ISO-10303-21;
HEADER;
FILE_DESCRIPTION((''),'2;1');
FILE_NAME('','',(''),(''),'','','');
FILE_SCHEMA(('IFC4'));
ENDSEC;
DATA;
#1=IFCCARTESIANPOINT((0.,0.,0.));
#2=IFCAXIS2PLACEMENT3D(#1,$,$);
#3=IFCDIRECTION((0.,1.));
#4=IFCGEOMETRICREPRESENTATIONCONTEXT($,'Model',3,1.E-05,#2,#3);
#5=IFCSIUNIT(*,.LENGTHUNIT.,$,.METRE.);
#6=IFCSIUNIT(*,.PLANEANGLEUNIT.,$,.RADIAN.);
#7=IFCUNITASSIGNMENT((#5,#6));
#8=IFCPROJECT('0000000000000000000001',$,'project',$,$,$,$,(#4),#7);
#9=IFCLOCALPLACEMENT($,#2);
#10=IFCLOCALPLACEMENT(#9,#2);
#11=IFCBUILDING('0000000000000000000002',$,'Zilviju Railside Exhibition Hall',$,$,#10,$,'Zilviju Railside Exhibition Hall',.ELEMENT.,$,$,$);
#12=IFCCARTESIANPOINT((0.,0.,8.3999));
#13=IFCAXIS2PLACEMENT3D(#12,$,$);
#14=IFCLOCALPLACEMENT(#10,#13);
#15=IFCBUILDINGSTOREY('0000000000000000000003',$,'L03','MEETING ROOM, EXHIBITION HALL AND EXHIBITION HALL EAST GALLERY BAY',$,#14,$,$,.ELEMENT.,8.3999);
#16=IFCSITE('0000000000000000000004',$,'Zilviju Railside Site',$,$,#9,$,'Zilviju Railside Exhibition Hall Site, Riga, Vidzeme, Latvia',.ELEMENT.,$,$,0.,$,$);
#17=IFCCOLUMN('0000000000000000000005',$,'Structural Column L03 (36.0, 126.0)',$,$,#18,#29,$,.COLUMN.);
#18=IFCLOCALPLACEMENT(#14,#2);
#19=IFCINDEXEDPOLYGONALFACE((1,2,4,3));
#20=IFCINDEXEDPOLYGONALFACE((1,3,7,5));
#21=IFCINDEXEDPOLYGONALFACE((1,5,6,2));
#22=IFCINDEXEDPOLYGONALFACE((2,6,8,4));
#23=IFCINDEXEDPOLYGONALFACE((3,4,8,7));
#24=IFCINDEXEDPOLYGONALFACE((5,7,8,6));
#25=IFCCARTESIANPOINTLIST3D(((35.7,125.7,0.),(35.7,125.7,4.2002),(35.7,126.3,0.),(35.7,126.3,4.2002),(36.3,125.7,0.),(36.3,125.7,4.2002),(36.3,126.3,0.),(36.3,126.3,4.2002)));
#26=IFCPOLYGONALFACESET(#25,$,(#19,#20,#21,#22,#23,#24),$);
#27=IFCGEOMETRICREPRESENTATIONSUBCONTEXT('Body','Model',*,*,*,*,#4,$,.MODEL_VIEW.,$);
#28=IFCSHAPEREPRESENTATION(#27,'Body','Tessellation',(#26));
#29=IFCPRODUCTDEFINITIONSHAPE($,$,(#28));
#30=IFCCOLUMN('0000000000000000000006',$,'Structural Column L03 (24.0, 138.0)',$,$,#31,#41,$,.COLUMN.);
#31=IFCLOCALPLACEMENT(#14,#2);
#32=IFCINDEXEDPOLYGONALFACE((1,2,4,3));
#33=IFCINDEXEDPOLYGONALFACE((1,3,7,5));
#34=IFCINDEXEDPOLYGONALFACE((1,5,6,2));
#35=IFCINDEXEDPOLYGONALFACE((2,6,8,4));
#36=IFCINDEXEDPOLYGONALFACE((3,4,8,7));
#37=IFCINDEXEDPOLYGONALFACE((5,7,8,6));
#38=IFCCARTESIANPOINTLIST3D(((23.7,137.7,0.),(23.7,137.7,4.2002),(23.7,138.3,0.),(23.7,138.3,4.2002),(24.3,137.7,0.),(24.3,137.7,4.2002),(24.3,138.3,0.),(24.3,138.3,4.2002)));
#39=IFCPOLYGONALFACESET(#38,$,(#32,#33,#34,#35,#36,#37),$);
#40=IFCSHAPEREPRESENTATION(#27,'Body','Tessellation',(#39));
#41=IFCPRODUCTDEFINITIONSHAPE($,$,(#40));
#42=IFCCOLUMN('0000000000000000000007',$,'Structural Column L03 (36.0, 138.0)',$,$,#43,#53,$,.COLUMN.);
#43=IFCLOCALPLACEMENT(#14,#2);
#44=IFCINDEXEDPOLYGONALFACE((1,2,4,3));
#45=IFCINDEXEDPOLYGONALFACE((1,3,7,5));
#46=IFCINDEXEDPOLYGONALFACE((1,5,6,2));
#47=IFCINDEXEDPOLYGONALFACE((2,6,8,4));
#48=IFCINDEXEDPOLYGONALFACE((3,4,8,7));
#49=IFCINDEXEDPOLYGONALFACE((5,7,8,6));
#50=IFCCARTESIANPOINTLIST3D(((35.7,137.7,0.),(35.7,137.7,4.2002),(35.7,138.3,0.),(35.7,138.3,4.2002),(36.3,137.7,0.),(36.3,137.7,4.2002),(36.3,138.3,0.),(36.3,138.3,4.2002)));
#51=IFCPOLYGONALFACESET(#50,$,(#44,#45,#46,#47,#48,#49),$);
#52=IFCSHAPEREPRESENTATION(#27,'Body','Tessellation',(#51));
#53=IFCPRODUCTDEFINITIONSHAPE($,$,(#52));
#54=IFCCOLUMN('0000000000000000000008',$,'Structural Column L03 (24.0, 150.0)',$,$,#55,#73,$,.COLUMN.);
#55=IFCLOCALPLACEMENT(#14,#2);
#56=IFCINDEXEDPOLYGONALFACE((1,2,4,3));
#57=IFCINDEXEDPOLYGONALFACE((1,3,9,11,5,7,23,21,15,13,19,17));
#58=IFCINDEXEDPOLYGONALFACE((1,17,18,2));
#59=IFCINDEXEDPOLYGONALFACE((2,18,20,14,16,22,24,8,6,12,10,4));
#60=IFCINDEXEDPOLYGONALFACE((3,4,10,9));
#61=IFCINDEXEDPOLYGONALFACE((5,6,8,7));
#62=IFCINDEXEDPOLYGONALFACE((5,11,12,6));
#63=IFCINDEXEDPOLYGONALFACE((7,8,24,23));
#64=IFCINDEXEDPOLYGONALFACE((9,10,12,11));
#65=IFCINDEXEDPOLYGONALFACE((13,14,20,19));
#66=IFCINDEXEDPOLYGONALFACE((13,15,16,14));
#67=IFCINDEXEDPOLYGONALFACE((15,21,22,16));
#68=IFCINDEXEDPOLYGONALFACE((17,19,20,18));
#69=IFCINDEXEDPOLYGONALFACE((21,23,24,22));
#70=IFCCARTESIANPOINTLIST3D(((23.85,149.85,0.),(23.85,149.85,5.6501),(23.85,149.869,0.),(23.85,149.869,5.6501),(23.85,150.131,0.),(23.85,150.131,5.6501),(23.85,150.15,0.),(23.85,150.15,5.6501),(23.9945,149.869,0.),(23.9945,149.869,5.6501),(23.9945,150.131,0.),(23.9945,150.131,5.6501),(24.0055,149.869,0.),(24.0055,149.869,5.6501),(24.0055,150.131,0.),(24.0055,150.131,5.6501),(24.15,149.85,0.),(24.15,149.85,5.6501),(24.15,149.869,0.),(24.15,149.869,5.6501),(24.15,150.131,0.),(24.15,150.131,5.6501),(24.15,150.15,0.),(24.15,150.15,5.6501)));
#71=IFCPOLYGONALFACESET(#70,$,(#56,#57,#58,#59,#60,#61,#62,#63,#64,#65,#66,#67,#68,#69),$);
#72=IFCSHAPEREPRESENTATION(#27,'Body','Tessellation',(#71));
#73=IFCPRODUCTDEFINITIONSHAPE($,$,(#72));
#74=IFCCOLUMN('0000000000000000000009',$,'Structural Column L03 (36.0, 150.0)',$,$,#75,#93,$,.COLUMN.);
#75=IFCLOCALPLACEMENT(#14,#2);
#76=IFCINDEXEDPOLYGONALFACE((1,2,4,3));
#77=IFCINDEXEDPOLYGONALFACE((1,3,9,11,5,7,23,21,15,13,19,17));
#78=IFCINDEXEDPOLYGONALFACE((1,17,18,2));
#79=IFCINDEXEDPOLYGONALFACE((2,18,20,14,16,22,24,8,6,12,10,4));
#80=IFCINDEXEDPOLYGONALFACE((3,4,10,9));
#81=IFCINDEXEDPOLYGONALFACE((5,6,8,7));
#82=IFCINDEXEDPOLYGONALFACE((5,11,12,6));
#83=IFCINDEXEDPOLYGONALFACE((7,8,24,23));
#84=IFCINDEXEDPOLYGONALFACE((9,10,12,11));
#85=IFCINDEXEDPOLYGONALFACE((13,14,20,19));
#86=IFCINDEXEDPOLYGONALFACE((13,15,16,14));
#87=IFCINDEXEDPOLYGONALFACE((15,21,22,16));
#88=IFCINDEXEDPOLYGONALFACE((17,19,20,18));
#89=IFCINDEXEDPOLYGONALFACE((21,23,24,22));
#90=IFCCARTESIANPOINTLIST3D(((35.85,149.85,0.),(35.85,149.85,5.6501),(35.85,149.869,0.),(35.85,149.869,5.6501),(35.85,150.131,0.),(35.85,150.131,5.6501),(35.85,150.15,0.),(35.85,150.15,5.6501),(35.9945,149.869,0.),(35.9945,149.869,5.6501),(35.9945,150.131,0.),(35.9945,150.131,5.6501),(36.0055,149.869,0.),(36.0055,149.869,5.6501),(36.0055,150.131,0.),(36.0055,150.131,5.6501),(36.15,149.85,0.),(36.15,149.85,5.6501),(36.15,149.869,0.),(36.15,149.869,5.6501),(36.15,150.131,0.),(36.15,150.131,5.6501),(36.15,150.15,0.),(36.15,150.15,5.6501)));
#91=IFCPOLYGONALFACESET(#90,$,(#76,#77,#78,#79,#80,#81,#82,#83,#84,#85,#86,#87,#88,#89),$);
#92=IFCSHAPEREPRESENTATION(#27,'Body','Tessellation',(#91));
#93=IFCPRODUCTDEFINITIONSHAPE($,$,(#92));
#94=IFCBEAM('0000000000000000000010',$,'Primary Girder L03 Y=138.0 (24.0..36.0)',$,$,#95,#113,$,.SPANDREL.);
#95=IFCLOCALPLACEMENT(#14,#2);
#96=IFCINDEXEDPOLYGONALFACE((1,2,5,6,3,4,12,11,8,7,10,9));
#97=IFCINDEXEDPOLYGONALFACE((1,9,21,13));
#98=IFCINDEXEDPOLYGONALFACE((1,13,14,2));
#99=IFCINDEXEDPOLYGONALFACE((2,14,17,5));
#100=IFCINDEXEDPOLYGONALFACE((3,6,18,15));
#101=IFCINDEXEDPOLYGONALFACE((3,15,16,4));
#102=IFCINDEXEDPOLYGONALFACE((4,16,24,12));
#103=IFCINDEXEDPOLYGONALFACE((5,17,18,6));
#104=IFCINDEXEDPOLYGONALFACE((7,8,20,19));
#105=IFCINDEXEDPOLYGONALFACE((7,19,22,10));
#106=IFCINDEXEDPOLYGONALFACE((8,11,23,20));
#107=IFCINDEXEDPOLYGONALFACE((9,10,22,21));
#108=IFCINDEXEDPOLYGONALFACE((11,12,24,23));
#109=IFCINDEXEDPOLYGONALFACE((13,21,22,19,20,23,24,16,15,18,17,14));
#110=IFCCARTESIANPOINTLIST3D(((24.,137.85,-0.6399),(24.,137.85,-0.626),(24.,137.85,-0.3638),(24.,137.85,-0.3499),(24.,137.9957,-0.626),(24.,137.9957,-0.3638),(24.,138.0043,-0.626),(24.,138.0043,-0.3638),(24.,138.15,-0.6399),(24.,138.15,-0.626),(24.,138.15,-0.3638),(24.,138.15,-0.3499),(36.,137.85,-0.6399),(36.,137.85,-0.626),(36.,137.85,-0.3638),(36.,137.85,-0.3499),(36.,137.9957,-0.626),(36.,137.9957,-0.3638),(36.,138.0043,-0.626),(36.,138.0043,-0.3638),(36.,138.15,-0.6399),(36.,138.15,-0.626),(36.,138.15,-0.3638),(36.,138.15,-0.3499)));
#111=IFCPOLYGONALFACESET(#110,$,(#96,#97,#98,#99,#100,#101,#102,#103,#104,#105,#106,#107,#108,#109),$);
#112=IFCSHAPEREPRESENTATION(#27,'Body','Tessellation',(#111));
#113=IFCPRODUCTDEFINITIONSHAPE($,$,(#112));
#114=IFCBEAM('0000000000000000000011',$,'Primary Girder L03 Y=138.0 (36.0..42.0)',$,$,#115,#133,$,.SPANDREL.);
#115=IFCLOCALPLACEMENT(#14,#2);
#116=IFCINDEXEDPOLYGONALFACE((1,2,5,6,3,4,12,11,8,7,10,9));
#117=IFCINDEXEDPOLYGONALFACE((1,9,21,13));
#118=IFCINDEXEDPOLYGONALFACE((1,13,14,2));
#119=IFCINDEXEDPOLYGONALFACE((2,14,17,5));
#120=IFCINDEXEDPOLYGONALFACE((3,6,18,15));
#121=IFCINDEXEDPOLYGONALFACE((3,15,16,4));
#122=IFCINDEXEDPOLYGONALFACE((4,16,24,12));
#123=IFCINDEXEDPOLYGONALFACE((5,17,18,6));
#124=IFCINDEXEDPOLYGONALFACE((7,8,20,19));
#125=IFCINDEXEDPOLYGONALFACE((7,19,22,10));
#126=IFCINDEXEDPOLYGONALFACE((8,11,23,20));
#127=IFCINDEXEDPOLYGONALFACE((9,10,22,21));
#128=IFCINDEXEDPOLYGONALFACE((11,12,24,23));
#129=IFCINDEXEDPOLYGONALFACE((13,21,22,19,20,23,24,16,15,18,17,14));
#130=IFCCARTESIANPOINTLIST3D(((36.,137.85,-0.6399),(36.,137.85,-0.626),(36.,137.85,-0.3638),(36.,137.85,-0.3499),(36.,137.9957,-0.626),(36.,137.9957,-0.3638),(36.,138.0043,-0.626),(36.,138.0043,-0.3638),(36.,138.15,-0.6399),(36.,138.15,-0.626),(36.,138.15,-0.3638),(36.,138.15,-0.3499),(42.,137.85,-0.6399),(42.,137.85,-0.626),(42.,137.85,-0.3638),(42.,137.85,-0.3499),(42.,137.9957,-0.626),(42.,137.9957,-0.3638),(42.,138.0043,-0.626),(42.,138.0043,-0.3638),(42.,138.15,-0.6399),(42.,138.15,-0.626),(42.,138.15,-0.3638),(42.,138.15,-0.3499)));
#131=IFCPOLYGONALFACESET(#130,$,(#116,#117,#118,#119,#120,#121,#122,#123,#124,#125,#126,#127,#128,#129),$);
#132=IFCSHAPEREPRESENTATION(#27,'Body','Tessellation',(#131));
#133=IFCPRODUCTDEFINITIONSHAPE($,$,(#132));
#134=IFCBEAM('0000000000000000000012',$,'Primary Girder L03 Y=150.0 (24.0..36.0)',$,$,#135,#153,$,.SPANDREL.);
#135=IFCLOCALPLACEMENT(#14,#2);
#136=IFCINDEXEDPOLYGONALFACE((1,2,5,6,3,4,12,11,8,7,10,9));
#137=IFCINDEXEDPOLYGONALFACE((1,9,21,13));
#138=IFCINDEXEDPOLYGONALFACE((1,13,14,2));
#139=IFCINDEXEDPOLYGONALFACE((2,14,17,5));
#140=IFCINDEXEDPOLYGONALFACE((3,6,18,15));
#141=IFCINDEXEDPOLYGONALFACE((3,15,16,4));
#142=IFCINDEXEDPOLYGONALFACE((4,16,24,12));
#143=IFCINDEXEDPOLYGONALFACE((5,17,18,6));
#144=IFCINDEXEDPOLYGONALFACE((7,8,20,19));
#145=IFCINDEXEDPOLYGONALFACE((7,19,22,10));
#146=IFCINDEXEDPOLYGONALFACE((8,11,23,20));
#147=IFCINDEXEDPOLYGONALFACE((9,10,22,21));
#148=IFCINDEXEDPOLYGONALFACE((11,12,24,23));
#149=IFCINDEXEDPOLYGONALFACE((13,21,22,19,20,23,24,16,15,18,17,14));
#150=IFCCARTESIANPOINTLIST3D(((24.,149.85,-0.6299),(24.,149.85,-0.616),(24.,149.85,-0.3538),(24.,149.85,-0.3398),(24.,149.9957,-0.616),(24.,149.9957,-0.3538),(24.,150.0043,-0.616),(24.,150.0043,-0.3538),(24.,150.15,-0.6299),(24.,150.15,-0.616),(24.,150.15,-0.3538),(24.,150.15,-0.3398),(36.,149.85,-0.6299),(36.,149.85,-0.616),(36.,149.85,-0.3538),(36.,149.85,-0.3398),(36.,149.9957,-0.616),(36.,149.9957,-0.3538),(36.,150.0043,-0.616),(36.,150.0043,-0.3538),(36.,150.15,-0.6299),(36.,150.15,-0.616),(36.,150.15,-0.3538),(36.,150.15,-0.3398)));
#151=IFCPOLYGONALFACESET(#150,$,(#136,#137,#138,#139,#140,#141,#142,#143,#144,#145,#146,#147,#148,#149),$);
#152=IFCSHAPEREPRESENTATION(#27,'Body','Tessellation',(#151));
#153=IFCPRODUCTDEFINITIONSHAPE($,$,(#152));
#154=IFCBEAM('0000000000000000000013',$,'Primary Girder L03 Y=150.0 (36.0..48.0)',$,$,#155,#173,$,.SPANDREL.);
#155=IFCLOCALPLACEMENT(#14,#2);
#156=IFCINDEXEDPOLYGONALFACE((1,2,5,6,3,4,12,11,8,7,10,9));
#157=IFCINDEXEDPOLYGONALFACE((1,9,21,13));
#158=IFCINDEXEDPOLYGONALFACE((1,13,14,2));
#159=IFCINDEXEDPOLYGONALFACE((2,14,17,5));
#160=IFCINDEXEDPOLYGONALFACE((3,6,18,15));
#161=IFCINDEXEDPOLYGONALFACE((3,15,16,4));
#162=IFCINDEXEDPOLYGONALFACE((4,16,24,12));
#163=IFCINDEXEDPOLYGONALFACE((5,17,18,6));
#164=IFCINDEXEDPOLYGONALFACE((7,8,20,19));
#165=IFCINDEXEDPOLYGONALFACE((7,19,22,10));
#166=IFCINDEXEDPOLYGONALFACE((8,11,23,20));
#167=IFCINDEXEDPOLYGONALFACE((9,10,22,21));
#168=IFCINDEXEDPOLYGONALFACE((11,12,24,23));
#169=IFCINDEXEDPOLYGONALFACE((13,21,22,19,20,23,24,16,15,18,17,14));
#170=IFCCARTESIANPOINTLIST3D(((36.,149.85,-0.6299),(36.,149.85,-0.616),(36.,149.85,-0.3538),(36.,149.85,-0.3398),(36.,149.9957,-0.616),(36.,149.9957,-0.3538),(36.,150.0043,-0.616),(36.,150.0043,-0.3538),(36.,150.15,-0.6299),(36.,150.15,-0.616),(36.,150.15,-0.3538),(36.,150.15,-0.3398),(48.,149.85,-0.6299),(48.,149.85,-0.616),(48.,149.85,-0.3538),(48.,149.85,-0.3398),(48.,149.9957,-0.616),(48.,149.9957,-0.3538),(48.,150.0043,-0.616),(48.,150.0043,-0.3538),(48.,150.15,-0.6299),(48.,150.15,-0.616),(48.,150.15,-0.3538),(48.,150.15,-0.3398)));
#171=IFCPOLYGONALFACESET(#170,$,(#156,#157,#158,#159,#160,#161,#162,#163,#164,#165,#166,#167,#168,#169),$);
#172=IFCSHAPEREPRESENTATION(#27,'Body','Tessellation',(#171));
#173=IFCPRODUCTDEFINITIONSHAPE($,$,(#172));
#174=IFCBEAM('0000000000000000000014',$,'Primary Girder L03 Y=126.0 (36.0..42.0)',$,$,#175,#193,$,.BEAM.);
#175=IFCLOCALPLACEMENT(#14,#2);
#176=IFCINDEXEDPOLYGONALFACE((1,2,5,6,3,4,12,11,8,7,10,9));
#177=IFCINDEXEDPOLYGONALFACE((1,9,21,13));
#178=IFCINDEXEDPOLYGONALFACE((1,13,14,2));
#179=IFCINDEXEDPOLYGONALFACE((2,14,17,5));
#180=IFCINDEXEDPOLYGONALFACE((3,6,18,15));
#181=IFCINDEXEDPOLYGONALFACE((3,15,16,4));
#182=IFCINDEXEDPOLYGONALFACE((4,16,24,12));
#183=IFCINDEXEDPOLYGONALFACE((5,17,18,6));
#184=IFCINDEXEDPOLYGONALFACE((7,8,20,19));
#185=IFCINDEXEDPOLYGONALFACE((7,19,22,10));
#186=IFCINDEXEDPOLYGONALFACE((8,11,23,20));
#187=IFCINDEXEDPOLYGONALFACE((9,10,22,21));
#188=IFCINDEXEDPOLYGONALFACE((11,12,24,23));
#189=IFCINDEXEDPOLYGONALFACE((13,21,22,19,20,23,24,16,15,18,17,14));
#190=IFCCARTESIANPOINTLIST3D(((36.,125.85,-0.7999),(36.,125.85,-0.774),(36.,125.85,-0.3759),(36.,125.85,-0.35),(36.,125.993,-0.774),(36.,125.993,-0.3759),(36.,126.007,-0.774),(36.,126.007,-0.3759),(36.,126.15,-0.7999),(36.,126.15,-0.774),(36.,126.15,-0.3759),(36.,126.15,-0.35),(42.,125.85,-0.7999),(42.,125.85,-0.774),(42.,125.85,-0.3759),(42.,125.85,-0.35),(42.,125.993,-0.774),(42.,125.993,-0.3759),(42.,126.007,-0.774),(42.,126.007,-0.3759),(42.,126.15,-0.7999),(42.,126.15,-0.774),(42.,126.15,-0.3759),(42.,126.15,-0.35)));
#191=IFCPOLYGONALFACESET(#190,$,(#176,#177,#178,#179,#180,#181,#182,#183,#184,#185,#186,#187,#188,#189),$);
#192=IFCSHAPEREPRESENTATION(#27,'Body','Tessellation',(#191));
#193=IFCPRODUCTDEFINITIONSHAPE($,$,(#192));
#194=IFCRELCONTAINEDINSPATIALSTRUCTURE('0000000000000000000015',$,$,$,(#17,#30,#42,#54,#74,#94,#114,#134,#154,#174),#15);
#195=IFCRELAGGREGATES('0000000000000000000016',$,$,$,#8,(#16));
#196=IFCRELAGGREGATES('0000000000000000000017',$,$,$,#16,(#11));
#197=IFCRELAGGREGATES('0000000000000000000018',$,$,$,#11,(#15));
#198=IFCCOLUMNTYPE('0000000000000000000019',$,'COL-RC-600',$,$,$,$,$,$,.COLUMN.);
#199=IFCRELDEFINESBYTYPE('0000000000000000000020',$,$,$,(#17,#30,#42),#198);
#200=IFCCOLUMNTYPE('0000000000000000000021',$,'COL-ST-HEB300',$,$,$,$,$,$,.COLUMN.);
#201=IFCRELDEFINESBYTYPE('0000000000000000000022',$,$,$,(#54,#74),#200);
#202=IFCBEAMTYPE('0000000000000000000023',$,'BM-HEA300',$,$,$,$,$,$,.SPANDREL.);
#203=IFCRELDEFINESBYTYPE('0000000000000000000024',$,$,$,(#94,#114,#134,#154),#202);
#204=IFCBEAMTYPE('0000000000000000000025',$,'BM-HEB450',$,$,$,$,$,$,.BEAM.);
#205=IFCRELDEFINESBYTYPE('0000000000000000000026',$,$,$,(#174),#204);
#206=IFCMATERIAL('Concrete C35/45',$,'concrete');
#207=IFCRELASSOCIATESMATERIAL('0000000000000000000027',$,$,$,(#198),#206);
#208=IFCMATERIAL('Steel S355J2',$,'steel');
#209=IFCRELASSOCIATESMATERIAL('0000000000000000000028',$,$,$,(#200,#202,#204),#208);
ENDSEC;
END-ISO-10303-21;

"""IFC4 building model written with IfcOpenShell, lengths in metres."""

from ifc_helpers import new_model, si_unit, direction, frame, origin, origin_2d, place, context, subcontext, project, spatial, rectangle, i_section, extrude, material, material_profile, profile_set, type_object, element, save


model = new_model("IFC4")

# Units and contexts
model_context = context("Model", 3, precision=1e-05, world=origin(), true_north=direction((0.0, 1.0)))
body_context = subcontext(model_context, "Body", "Model", "MODEL_VIEW")
ifc_project = project(units=[si_unit("LENGTHUNIT", "METRE"), si_unit("PLANEANGLEUNIT", "RADIAN")], contexts=[model_context])

# Site, building, storey
site_placement = place(None, origin())
site = spatial("IfcSite", under=ifc_project, at=site_placement, Name="Zilviju Railside Site", LongName="Zilviju Railside Exhibition Hall Site, Riga, Vidzeme, Latvia", CompositionType="ELEMENT", RefElevation=0.0)
building_placement = place(site_placement, origin())
building = spatial("IfcBuilding", under=site, at=building_placement, Name="Zilviju Railside Exhibition Hall", LongName="Zilviju Railside Exhibition Hall", CompositionType="ELEMENT")
storey_placement = place(building_placement, frame((0.0, 0.0, 8.3999)))
storey = spatial("IfcBuildingStorey", under=building, at=storey_placement, Name="L03", Description="MEETING ROOM, EXHIBITION HALL AND EXHIBITION HALL EAST GALLERY BAY", CompositionType="ELEMENT", Elevation=8.3999)

# Columns
ifc_material_1 = material(Name="Concrete C35/45", Category="concrete")
ifc_material_profile_1 = material_profile(ifc_material_1, rectangle(XDim=0.6001, YDim=0.6001, at=origin_2d()), Name="RC COL 600x600")
ifc_profile_set_1 = profile_set([ifc_material_profile_1], Name="Concrete C35/45")
column_type_1 = type_object("IfcColumnType", Name="COL-RC-600", PredefinedType="COLUMN", material=ifc_profile_set_1)
for number, where, z_axis, x_axis, name in (
    (1, (36.0, 126.0, 0.0), (0.0, 0.0, 1.0), (1.0, 0.0, 0.0), "Structural Column L03 (36.0, 126.0)"),
    (2, (24.0, 138.0, 0.0), (0.0, 0.0, 1.0), (1.0, 0.0, 0.0), "Structural Column L03 (24.0, 138.0)"),
    (3, (36.0, 138.0, 0.0), (0.0, 0.0, 1.0), (1.0, 0.0, 0.0), "Structural Column L03 (36.0, 138.0)"),
):
    element("IfcColumn", number, at=place(storey_placement, frame(where, z_axis=z_axis, x_axis=x_axis)), inside=storey, type_object=column_type_1, Name=name, PredefinedType="COLUMN", context=body_context, shape_type="SweptSolid", body=[
        extrude(rectangle(XDim=0.6001, YDim=0.6001, at=origin_2d()), origin(), (0.0, 0.0, 1.0), 4.2002),
    ])
ifc_material_2 = material(Name="Steel S355J2", Category="steel")
ifc_material_profile_2 = material_profile(ifc_material_2, i_section(OverallWidth=0.3, OverallDepth=0.3, WebThickness=0.011, FlangeThickness=0.019, at=origin_2d()), Name="HEB 300")
ifc_profile_set_2 = profile_set([ifc_material_profile_2], Name="Steel S355J2")
column_type_2 = type_object("IfcColumnType", Name="COL-ST-HEB300", PredefinedType="COLUMN", material=ifc_profile_set_2)
for number, where, z_axis, x_axis, name in (
    (4, (24.0, 150.0, 0.0), (0.0, 0.0, 1.0), (1.0, 0.0, 0.0), "Structural Column L03 (24.0, 150.0)"),
    (5, (36.0, 150.0, 0.0), (0.0, 0.0, 1.0), (1.0, 0.0, 0.0), "Structural Column L03 (36.0, 150.0)"),
):
    element("IfcColumn", number, at=place(storey_placement, frame(where, z_axis=z_axis, x_axis=x_axis)), inside=storey, type_object=column_type_2, Name=name, PredefinedType="COLUMN", context=body_context, shape_type="SweptSolid", body=[
        extrude(i_section(OverallWidth=0.3, OverallDepth=0.3, WebThickness=0.011, FlangeThickness=0.019, at=origin_2d()), origin(), (0.0, 0.0, 1.0), 5.6501),
    ])

# Beams
ifc_material_profile_3 = material_profile(ifc_material_2, i_section(OverallWidth=0.3, OverallDepth=0.29, WebThickness=0.0085, FlangeThickness=0.0139, at=origin_2d()), Name="HEA 300")
ifc_profile_set_3 = profile_set([ifc_material_profile_3], Name="Steel S355J2")
beam_type_1 = type_object("IfcBeamType", Name="BM-HEA300", PredefinedType="SPANDREL", material=ifc_profile_set_3)
beam_1_placement = place(storey_placement, frame((24.0, 138.0, -0.4949), z_axis=(1.0, 0.0, 0.0), x_axis=(0.0, 1.0, 0.0)))
element("IfcBeam", 6, at=beam_1_placement, inside=storey, type_object=beam_type_1, Name="Primary Girder L03 Y=138.0 (24.0..36.0)", PredefinedType="SPANDREL", context=body_context, shape_type="SweptSolid", body=[
    extrude(i_section(OverallWidth=0.3, OverallDepth=0.29, WebThickness=0.0085, FlangeThickness=0.0139, at=origin_2d()), origin(), (0.0, 0.0, 1.0), 12.0),
])
beam_2_placement = place(storey_placement, frame((36.0, 138.0, -0.4949), z_axis=(1.0, 0.0, 0.0), x_axis=(0.0, 1.0, 0.0)))
element("IfcBeam", 7, at=beam_2_placement, inside=storey, type_object=beam_type_1, Name="Primary Girder L03 Y=138.0 (36.0..42.0)", PredefinedType="SPANDREL", context=body_context, shape_type="SweptSolid", body=[
    extrude(i_section(OverallWidth=0.3, OverallDepth=0.29, WebThickness=0.0085, FlangeThickness=0.0139, at=origin_2d()), origin(), (0.0, 0.0, 1.0), 6.0),
])
for number, where, z_axis, x_axis, name in (
    (8, (24.0, 150.0, -0.4849), (1.0, 0.0, 0.0), (0.0, 1.0, 0.0), "Primary Girder L03 Y=150.0 (24.0..36.0)"),
    (9, (36.0, 150.0, -0.4849), (1.0, 0.0, 0.0), (0.0, 1.0, 0.0), "Primary Girder L03 Y=150.0 (36.0..48.0)"),
):
    element("IfcBeam", number, at=place(storey_placement, frame(where, z_axis=z_axis, x_axis=x_axis)), inside=storey, type_object=beam_type_1, Name=name, PredefinedType="SPANDREL", context=body_context, shape_type="SweptSolid", body=[
        extrude(i_section(OverallWidth=0.3, OverallDepth=0.29, WebThickness=0.0085, FlangeThickness=0.0139, at=origin_2d()), origin(), (0.0, 0.0, 1.0), 12.0),
    ])
ifc_material_profile_4 = material_profile(ifc_material_2, i_section(OverallWidth=0.3, OverallDepth=0.45, WebThickness=0.0139, FlangeThickness=0.0259, at=origin_2d()), Name="HEB 450")
ifc_profile_set_4 = profile_set([ifc_material_profile_4], Name="Steel S355J2")
beam_type_2 = type_object("IfcBeamType", Name="BM-HEB450", PredefinedType="BEAM", material=ifc_profile_set_4)
beam_3_placement = place(storey_placement, frame((36.0, 126.0, -0.575), z_axis=(1.0, 0.0, 0.0), x_axis=(0.0, 1.0, 0.0)))
element("IfcBeam", 10, at=beam_3_placement, inside=storey, type_object=beam_type_2, Name="Primary Girder L03 Y=126.0 (36.0..42.0)", PredefinedType="BEAM", context=body_context, shape_type="SweptSolid", body=[
    extrude(i_section(OverallWidth=0.3, OverallDepth=0.45, WebThickness=0.0139, FlangeThickness=0.0259, at=origin_2d()), origin(), (0.0, 0.0, 1.0), 6.0),
])

save(model, "model.ifc")
